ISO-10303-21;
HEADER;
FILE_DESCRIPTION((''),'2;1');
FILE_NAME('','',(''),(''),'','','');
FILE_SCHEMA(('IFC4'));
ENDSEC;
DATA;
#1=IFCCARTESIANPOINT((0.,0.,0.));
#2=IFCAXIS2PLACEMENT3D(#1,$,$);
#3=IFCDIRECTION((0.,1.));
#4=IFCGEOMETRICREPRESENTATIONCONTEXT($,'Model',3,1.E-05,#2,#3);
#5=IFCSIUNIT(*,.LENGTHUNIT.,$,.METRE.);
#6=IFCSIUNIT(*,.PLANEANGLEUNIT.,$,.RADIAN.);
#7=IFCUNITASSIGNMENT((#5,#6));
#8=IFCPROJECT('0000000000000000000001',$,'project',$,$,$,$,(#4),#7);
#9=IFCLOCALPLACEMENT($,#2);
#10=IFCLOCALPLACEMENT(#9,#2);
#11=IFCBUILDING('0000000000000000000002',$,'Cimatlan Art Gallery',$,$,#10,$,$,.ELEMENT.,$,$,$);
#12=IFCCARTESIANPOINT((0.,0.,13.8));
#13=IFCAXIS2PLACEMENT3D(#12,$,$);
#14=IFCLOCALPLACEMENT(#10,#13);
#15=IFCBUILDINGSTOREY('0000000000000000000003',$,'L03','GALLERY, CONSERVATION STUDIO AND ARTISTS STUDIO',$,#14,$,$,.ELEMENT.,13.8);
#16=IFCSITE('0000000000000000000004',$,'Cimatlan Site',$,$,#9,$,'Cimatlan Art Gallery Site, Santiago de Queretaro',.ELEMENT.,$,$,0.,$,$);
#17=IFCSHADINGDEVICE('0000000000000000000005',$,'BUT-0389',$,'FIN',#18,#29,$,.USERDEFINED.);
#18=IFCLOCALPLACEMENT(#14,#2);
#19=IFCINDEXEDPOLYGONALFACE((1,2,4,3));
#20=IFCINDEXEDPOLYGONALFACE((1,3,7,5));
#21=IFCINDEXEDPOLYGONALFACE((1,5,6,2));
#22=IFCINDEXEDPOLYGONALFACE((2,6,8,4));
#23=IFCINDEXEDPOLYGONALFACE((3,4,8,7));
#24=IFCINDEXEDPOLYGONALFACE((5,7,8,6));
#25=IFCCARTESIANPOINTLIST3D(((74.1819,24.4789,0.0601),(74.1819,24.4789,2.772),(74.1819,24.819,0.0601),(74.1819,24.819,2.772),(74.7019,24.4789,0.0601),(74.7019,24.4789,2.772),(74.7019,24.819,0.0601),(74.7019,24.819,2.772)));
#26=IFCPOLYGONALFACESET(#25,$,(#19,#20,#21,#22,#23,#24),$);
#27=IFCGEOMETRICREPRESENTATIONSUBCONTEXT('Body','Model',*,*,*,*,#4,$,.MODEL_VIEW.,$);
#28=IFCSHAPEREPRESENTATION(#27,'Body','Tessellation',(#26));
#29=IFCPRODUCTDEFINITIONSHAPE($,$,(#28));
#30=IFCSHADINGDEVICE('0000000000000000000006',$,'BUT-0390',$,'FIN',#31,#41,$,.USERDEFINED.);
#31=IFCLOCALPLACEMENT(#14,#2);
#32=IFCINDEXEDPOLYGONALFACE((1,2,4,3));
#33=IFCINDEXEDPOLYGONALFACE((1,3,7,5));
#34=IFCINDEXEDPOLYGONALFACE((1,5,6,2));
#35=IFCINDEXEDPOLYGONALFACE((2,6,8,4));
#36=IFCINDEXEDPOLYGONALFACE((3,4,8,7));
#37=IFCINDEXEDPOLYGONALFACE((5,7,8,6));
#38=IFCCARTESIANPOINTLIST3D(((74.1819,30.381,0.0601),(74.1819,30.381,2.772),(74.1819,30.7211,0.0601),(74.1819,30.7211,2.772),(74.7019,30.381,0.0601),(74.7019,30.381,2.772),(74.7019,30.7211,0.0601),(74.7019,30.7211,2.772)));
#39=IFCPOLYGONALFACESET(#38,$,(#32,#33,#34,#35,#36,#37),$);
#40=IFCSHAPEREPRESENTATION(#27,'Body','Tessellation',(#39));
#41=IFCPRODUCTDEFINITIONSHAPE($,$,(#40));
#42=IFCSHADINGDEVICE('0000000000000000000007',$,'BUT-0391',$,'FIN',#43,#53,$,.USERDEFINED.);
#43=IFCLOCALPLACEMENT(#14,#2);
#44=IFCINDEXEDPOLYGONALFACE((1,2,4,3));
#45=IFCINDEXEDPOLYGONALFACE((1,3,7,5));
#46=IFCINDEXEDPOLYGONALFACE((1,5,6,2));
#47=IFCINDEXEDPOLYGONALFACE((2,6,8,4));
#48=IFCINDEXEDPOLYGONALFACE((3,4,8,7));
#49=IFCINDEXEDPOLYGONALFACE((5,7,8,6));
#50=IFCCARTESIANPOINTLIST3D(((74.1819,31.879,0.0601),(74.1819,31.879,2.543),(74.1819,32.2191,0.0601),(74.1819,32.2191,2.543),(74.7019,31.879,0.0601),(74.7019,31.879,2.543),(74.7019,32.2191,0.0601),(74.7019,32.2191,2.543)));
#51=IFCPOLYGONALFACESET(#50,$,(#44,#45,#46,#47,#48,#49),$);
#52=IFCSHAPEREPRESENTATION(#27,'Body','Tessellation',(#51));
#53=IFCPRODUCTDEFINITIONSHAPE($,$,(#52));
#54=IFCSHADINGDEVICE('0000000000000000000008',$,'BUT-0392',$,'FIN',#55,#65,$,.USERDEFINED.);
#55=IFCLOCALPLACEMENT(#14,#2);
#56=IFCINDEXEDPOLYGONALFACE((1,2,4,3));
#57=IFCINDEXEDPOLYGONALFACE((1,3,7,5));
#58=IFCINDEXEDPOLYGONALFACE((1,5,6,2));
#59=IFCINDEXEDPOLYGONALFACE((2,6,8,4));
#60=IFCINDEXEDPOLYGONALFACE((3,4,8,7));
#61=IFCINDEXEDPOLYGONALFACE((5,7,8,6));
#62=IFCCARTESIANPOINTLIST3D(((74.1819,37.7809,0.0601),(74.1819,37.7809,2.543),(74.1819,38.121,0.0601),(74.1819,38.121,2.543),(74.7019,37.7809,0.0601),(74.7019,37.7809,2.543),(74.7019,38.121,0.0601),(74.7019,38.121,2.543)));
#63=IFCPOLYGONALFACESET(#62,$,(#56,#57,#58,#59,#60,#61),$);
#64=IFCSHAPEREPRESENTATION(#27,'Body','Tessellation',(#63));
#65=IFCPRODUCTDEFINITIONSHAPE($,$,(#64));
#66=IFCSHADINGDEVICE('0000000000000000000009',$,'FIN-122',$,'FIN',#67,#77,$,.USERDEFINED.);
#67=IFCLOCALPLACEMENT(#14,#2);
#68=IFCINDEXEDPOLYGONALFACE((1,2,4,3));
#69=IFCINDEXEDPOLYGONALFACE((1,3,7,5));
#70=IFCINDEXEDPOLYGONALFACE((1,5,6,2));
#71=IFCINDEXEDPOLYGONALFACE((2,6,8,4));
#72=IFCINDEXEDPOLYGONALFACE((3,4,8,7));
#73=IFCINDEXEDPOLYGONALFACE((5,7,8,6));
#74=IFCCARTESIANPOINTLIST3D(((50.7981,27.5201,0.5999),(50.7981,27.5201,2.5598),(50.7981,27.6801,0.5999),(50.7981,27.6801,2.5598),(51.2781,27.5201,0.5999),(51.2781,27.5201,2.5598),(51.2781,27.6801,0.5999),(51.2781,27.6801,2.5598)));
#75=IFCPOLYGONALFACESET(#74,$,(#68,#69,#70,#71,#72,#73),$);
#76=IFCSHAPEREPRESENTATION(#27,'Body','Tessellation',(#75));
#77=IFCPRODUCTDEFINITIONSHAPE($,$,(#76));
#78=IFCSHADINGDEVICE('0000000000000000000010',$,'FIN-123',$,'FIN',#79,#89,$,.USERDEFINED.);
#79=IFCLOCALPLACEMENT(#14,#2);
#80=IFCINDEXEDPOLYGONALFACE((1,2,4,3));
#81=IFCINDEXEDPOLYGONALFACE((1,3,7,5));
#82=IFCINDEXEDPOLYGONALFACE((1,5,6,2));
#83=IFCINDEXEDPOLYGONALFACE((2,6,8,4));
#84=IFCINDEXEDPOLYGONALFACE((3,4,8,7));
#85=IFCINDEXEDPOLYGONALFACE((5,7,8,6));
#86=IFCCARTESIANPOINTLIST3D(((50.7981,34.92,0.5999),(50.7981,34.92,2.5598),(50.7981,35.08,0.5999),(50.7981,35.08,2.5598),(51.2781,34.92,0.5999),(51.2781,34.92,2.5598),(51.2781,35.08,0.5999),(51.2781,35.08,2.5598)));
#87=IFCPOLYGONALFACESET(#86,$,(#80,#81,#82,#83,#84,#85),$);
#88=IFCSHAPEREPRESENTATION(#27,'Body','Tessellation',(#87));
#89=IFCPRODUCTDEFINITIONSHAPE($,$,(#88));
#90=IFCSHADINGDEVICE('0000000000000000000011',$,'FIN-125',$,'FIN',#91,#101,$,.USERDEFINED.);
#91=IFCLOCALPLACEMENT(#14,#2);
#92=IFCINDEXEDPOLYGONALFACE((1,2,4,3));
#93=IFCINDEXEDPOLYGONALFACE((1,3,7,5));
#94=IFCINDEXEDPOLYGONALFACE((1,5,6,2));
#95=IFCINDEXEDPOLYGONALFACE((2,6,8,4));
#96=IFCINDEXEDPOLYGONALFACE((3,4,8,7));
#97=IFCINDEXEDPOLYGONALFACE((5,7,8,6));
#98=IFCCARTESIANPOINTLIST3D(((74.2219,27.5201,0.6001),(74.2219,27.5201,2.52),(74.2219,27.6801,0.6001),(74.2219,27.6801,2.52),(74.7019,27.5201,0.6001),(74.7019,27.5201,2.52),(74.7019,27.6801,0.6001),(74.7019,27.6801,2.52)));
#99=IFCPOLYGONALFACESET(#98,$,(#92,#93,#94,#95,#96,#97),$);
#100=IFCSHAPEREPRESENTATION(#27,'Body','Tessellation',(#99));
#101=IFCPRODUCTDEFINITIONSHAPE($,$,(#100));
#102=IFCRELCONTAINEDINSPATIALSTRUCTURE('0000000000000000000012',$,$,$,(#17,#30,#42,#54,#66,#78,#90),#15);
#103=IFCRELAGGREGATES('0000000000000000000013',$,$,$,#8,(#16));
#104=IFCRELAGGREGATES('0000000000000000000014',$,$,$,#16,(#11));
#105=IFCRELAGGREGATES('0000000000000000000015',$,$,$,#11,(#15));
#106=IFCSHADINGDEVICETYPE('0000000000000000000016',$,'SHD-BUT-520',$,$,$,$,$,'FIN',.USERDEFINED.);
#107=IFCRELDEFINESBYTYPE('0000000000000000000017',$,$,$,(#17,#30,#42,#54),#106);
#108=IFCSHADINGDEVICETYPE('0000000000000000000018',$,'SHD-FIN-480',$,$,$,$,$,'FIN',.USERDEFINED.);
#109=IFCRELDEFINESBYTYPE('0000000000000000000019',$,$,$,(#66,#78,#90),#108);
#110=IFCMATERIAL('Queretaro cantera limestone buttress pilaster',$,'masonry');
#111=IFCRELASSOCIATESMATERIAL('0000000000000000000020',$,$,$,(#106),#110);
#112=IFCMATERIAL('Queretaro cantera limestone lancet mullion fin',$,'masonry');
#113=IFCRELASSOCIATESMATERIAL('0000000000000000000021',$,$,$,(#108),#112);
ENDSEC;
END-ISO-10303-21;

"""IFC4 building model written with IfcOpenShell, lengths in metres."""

from ifc_helpers import new_model, si_unit, direction, frame, origin, origin_2d, place, context, subcontext, project, spatial, rectangle, extrude, material, type_object, element, save


model = new_model("IFC4")

# Units and contexts
model_context = context("Model", 3, precision=1e-05, world=origin(), true_north=direction((0.0, 1.0)))
body_context = subcontext(model_context, "Body", "Model", "MODEL_VIEW")
ifc_project = project(units=[si_unit("LENGTHUNIT", "METRE"), si_unit("PLANEANGLEUNIT", "RADIAN")], contexts=[model_context])

# Site, building, storey
site_placement = place(None, origin())
site = spatial("IfcSite", under=ifc_project, at=site_placement, Name="Cimatlan Site", LongName="Cimatlan Art Gallery Site, Santiago de Queretaro", CompositionType="ELEMENT", RefElevation=0.0)
building_placement = place(site_placement, origin())
building = spatial("IfcBuilding", under=site, at=building_placement, Name="Cimatlan Art Gallery", CompositionType="ELEMENT")
storey_placement = place(building_placement, frame((0.0, 0.0, 13.8)))
storey = spatial("IfcBuildingStorey", under=building, at=storey_placement, Name="L03", Description="GALLERY, CONSERVATION STUDIO AND ARTISTS STUDIO", CompositionType="ELEMENT", Elevation=13.8)

# Shading devices
ifc_material_1 = material(Name="Queretaro cantera limestone buttress pilaster", Category="masonry")
shading_device_type_1 = type_object("IfcShadingDeviceType", Name="SHD-BUT-520", ElementType="FIN", PredefinedType="USERDEFINED", material=ifc_material_1)
for number, where, z_axis, x_axis, name in (
    (1, (74.4419, 24.6489, 0.0601), (0.0, 0.0, 1.0), (0.0, 1.0, 0.0), "BUT-0389"),
    (2, (74.4419, 30.551, 0.0601), (0.0, 0.0, 1.0), (0.0, 1.0, 0.0), "BUT-0390"),
):
    element("IfcShadingDevice", number, at=place(storey_placement, frame(where, z_axis=z_axis, x_axis=x_axis)), inside=storey, type_object=shading_device_type_1, Name=name, ObjectType="FIN", PredefinedType="USERDEFINED", context=body_context, shape_type="SweptSolid", body=[
        extrude(rectangle(XDim=0.3401, YDim=0.52, at=origin_2d()), origin(), (0.0, 0.0, 1.0), 2.7119),
    ])
for number, where, z_axis, x_axis, name in (
    (3, (74.4419, 32.0491, 0.0601), (0.0, 0.0, 1.0), (0.0, 1.0, 0.0), "BUT-0391"),
    (4, (74.4419, 37.9509, 0.0601), (0.0, 0.0, 1.0), (0.0, 1.0, 0.0), "BUT-0392"),
):
    element("IfcShadingDevice", number, at=place(storey_placement, frame(where, z_axis=z_axis, x_axis=x_axis)), inside=storey, type_object=shading_device_type_1, Name=name, ObjectType="FIN", PredefinedType="USERDEFINED", context=body_context, shape_type="SweptSolid", body=[
        extrude(rectangle(XDim=0.3401, YDim=0.52, at=origin_2d()), origin(), (0.0, 0.0, 1.0), 2.4829),
    ])
ifc_material_2 = material(Name="Queretaro cantera limestone lancet mullion fin", Category="masonry")
shading_device_type_2 = type_object("IfcShadingDeviceType", Name="SHD-FIN-480", ElementType="FIN", PredefinedType="USERDEFINED", material=ifc_material_2)
for number, where, z_axis, x_axis, name in (
    (5, (51.0381, 27.6001, 0.5999), (0.0, 0.0, 1.0), (0.0, -1.0, 0.0), "FIN-122"),
    (6, (51.0381, 35.0, 0.5999), (0.0, 0.0, 1.0), (0.0, -1.0, 0.0), "FIN-123"),
):
    element("IfcShadingDevice", number, at=place(storey_placement, frame(where, z_axis=z_axis, x_axis=x_axis)), inside=storey, type_object=shading_device_type_2, Name=name, ObjectType="FIN", PredefinedType="USERDEFINED", context=body_context, shape_type="SweptSolid", body=[
        extrude(rectangle(XDim=0.1599, YDim=0.48, at=origin_2d()), origin(), (0.0, 0.0, 1.0), 1.96),
    ])
shading_device_placement = place(storey_placement, frame((74.4619, 27.6001, 0.6001), z_axis=(0.0, 0.0, 1.0), x_axis=(0.0, 1.0, 0.0)))
element("IfcShadingDevice", 7, at=shading_device_placement, inside=storey, type_object=shading_device_type_2, Name="FIN-125", ObjectType="FIN", PredefinedType="USERDEFINED", context=body_context, shape_type="SweptSolid", body=[
    extrude(rectangle(XDim=0.1599, YDim=0.48, at=origin_2d()), origin(), (0.0, 0.0, 1.0), 1.9199),
])

save(model, "model.ifc")
